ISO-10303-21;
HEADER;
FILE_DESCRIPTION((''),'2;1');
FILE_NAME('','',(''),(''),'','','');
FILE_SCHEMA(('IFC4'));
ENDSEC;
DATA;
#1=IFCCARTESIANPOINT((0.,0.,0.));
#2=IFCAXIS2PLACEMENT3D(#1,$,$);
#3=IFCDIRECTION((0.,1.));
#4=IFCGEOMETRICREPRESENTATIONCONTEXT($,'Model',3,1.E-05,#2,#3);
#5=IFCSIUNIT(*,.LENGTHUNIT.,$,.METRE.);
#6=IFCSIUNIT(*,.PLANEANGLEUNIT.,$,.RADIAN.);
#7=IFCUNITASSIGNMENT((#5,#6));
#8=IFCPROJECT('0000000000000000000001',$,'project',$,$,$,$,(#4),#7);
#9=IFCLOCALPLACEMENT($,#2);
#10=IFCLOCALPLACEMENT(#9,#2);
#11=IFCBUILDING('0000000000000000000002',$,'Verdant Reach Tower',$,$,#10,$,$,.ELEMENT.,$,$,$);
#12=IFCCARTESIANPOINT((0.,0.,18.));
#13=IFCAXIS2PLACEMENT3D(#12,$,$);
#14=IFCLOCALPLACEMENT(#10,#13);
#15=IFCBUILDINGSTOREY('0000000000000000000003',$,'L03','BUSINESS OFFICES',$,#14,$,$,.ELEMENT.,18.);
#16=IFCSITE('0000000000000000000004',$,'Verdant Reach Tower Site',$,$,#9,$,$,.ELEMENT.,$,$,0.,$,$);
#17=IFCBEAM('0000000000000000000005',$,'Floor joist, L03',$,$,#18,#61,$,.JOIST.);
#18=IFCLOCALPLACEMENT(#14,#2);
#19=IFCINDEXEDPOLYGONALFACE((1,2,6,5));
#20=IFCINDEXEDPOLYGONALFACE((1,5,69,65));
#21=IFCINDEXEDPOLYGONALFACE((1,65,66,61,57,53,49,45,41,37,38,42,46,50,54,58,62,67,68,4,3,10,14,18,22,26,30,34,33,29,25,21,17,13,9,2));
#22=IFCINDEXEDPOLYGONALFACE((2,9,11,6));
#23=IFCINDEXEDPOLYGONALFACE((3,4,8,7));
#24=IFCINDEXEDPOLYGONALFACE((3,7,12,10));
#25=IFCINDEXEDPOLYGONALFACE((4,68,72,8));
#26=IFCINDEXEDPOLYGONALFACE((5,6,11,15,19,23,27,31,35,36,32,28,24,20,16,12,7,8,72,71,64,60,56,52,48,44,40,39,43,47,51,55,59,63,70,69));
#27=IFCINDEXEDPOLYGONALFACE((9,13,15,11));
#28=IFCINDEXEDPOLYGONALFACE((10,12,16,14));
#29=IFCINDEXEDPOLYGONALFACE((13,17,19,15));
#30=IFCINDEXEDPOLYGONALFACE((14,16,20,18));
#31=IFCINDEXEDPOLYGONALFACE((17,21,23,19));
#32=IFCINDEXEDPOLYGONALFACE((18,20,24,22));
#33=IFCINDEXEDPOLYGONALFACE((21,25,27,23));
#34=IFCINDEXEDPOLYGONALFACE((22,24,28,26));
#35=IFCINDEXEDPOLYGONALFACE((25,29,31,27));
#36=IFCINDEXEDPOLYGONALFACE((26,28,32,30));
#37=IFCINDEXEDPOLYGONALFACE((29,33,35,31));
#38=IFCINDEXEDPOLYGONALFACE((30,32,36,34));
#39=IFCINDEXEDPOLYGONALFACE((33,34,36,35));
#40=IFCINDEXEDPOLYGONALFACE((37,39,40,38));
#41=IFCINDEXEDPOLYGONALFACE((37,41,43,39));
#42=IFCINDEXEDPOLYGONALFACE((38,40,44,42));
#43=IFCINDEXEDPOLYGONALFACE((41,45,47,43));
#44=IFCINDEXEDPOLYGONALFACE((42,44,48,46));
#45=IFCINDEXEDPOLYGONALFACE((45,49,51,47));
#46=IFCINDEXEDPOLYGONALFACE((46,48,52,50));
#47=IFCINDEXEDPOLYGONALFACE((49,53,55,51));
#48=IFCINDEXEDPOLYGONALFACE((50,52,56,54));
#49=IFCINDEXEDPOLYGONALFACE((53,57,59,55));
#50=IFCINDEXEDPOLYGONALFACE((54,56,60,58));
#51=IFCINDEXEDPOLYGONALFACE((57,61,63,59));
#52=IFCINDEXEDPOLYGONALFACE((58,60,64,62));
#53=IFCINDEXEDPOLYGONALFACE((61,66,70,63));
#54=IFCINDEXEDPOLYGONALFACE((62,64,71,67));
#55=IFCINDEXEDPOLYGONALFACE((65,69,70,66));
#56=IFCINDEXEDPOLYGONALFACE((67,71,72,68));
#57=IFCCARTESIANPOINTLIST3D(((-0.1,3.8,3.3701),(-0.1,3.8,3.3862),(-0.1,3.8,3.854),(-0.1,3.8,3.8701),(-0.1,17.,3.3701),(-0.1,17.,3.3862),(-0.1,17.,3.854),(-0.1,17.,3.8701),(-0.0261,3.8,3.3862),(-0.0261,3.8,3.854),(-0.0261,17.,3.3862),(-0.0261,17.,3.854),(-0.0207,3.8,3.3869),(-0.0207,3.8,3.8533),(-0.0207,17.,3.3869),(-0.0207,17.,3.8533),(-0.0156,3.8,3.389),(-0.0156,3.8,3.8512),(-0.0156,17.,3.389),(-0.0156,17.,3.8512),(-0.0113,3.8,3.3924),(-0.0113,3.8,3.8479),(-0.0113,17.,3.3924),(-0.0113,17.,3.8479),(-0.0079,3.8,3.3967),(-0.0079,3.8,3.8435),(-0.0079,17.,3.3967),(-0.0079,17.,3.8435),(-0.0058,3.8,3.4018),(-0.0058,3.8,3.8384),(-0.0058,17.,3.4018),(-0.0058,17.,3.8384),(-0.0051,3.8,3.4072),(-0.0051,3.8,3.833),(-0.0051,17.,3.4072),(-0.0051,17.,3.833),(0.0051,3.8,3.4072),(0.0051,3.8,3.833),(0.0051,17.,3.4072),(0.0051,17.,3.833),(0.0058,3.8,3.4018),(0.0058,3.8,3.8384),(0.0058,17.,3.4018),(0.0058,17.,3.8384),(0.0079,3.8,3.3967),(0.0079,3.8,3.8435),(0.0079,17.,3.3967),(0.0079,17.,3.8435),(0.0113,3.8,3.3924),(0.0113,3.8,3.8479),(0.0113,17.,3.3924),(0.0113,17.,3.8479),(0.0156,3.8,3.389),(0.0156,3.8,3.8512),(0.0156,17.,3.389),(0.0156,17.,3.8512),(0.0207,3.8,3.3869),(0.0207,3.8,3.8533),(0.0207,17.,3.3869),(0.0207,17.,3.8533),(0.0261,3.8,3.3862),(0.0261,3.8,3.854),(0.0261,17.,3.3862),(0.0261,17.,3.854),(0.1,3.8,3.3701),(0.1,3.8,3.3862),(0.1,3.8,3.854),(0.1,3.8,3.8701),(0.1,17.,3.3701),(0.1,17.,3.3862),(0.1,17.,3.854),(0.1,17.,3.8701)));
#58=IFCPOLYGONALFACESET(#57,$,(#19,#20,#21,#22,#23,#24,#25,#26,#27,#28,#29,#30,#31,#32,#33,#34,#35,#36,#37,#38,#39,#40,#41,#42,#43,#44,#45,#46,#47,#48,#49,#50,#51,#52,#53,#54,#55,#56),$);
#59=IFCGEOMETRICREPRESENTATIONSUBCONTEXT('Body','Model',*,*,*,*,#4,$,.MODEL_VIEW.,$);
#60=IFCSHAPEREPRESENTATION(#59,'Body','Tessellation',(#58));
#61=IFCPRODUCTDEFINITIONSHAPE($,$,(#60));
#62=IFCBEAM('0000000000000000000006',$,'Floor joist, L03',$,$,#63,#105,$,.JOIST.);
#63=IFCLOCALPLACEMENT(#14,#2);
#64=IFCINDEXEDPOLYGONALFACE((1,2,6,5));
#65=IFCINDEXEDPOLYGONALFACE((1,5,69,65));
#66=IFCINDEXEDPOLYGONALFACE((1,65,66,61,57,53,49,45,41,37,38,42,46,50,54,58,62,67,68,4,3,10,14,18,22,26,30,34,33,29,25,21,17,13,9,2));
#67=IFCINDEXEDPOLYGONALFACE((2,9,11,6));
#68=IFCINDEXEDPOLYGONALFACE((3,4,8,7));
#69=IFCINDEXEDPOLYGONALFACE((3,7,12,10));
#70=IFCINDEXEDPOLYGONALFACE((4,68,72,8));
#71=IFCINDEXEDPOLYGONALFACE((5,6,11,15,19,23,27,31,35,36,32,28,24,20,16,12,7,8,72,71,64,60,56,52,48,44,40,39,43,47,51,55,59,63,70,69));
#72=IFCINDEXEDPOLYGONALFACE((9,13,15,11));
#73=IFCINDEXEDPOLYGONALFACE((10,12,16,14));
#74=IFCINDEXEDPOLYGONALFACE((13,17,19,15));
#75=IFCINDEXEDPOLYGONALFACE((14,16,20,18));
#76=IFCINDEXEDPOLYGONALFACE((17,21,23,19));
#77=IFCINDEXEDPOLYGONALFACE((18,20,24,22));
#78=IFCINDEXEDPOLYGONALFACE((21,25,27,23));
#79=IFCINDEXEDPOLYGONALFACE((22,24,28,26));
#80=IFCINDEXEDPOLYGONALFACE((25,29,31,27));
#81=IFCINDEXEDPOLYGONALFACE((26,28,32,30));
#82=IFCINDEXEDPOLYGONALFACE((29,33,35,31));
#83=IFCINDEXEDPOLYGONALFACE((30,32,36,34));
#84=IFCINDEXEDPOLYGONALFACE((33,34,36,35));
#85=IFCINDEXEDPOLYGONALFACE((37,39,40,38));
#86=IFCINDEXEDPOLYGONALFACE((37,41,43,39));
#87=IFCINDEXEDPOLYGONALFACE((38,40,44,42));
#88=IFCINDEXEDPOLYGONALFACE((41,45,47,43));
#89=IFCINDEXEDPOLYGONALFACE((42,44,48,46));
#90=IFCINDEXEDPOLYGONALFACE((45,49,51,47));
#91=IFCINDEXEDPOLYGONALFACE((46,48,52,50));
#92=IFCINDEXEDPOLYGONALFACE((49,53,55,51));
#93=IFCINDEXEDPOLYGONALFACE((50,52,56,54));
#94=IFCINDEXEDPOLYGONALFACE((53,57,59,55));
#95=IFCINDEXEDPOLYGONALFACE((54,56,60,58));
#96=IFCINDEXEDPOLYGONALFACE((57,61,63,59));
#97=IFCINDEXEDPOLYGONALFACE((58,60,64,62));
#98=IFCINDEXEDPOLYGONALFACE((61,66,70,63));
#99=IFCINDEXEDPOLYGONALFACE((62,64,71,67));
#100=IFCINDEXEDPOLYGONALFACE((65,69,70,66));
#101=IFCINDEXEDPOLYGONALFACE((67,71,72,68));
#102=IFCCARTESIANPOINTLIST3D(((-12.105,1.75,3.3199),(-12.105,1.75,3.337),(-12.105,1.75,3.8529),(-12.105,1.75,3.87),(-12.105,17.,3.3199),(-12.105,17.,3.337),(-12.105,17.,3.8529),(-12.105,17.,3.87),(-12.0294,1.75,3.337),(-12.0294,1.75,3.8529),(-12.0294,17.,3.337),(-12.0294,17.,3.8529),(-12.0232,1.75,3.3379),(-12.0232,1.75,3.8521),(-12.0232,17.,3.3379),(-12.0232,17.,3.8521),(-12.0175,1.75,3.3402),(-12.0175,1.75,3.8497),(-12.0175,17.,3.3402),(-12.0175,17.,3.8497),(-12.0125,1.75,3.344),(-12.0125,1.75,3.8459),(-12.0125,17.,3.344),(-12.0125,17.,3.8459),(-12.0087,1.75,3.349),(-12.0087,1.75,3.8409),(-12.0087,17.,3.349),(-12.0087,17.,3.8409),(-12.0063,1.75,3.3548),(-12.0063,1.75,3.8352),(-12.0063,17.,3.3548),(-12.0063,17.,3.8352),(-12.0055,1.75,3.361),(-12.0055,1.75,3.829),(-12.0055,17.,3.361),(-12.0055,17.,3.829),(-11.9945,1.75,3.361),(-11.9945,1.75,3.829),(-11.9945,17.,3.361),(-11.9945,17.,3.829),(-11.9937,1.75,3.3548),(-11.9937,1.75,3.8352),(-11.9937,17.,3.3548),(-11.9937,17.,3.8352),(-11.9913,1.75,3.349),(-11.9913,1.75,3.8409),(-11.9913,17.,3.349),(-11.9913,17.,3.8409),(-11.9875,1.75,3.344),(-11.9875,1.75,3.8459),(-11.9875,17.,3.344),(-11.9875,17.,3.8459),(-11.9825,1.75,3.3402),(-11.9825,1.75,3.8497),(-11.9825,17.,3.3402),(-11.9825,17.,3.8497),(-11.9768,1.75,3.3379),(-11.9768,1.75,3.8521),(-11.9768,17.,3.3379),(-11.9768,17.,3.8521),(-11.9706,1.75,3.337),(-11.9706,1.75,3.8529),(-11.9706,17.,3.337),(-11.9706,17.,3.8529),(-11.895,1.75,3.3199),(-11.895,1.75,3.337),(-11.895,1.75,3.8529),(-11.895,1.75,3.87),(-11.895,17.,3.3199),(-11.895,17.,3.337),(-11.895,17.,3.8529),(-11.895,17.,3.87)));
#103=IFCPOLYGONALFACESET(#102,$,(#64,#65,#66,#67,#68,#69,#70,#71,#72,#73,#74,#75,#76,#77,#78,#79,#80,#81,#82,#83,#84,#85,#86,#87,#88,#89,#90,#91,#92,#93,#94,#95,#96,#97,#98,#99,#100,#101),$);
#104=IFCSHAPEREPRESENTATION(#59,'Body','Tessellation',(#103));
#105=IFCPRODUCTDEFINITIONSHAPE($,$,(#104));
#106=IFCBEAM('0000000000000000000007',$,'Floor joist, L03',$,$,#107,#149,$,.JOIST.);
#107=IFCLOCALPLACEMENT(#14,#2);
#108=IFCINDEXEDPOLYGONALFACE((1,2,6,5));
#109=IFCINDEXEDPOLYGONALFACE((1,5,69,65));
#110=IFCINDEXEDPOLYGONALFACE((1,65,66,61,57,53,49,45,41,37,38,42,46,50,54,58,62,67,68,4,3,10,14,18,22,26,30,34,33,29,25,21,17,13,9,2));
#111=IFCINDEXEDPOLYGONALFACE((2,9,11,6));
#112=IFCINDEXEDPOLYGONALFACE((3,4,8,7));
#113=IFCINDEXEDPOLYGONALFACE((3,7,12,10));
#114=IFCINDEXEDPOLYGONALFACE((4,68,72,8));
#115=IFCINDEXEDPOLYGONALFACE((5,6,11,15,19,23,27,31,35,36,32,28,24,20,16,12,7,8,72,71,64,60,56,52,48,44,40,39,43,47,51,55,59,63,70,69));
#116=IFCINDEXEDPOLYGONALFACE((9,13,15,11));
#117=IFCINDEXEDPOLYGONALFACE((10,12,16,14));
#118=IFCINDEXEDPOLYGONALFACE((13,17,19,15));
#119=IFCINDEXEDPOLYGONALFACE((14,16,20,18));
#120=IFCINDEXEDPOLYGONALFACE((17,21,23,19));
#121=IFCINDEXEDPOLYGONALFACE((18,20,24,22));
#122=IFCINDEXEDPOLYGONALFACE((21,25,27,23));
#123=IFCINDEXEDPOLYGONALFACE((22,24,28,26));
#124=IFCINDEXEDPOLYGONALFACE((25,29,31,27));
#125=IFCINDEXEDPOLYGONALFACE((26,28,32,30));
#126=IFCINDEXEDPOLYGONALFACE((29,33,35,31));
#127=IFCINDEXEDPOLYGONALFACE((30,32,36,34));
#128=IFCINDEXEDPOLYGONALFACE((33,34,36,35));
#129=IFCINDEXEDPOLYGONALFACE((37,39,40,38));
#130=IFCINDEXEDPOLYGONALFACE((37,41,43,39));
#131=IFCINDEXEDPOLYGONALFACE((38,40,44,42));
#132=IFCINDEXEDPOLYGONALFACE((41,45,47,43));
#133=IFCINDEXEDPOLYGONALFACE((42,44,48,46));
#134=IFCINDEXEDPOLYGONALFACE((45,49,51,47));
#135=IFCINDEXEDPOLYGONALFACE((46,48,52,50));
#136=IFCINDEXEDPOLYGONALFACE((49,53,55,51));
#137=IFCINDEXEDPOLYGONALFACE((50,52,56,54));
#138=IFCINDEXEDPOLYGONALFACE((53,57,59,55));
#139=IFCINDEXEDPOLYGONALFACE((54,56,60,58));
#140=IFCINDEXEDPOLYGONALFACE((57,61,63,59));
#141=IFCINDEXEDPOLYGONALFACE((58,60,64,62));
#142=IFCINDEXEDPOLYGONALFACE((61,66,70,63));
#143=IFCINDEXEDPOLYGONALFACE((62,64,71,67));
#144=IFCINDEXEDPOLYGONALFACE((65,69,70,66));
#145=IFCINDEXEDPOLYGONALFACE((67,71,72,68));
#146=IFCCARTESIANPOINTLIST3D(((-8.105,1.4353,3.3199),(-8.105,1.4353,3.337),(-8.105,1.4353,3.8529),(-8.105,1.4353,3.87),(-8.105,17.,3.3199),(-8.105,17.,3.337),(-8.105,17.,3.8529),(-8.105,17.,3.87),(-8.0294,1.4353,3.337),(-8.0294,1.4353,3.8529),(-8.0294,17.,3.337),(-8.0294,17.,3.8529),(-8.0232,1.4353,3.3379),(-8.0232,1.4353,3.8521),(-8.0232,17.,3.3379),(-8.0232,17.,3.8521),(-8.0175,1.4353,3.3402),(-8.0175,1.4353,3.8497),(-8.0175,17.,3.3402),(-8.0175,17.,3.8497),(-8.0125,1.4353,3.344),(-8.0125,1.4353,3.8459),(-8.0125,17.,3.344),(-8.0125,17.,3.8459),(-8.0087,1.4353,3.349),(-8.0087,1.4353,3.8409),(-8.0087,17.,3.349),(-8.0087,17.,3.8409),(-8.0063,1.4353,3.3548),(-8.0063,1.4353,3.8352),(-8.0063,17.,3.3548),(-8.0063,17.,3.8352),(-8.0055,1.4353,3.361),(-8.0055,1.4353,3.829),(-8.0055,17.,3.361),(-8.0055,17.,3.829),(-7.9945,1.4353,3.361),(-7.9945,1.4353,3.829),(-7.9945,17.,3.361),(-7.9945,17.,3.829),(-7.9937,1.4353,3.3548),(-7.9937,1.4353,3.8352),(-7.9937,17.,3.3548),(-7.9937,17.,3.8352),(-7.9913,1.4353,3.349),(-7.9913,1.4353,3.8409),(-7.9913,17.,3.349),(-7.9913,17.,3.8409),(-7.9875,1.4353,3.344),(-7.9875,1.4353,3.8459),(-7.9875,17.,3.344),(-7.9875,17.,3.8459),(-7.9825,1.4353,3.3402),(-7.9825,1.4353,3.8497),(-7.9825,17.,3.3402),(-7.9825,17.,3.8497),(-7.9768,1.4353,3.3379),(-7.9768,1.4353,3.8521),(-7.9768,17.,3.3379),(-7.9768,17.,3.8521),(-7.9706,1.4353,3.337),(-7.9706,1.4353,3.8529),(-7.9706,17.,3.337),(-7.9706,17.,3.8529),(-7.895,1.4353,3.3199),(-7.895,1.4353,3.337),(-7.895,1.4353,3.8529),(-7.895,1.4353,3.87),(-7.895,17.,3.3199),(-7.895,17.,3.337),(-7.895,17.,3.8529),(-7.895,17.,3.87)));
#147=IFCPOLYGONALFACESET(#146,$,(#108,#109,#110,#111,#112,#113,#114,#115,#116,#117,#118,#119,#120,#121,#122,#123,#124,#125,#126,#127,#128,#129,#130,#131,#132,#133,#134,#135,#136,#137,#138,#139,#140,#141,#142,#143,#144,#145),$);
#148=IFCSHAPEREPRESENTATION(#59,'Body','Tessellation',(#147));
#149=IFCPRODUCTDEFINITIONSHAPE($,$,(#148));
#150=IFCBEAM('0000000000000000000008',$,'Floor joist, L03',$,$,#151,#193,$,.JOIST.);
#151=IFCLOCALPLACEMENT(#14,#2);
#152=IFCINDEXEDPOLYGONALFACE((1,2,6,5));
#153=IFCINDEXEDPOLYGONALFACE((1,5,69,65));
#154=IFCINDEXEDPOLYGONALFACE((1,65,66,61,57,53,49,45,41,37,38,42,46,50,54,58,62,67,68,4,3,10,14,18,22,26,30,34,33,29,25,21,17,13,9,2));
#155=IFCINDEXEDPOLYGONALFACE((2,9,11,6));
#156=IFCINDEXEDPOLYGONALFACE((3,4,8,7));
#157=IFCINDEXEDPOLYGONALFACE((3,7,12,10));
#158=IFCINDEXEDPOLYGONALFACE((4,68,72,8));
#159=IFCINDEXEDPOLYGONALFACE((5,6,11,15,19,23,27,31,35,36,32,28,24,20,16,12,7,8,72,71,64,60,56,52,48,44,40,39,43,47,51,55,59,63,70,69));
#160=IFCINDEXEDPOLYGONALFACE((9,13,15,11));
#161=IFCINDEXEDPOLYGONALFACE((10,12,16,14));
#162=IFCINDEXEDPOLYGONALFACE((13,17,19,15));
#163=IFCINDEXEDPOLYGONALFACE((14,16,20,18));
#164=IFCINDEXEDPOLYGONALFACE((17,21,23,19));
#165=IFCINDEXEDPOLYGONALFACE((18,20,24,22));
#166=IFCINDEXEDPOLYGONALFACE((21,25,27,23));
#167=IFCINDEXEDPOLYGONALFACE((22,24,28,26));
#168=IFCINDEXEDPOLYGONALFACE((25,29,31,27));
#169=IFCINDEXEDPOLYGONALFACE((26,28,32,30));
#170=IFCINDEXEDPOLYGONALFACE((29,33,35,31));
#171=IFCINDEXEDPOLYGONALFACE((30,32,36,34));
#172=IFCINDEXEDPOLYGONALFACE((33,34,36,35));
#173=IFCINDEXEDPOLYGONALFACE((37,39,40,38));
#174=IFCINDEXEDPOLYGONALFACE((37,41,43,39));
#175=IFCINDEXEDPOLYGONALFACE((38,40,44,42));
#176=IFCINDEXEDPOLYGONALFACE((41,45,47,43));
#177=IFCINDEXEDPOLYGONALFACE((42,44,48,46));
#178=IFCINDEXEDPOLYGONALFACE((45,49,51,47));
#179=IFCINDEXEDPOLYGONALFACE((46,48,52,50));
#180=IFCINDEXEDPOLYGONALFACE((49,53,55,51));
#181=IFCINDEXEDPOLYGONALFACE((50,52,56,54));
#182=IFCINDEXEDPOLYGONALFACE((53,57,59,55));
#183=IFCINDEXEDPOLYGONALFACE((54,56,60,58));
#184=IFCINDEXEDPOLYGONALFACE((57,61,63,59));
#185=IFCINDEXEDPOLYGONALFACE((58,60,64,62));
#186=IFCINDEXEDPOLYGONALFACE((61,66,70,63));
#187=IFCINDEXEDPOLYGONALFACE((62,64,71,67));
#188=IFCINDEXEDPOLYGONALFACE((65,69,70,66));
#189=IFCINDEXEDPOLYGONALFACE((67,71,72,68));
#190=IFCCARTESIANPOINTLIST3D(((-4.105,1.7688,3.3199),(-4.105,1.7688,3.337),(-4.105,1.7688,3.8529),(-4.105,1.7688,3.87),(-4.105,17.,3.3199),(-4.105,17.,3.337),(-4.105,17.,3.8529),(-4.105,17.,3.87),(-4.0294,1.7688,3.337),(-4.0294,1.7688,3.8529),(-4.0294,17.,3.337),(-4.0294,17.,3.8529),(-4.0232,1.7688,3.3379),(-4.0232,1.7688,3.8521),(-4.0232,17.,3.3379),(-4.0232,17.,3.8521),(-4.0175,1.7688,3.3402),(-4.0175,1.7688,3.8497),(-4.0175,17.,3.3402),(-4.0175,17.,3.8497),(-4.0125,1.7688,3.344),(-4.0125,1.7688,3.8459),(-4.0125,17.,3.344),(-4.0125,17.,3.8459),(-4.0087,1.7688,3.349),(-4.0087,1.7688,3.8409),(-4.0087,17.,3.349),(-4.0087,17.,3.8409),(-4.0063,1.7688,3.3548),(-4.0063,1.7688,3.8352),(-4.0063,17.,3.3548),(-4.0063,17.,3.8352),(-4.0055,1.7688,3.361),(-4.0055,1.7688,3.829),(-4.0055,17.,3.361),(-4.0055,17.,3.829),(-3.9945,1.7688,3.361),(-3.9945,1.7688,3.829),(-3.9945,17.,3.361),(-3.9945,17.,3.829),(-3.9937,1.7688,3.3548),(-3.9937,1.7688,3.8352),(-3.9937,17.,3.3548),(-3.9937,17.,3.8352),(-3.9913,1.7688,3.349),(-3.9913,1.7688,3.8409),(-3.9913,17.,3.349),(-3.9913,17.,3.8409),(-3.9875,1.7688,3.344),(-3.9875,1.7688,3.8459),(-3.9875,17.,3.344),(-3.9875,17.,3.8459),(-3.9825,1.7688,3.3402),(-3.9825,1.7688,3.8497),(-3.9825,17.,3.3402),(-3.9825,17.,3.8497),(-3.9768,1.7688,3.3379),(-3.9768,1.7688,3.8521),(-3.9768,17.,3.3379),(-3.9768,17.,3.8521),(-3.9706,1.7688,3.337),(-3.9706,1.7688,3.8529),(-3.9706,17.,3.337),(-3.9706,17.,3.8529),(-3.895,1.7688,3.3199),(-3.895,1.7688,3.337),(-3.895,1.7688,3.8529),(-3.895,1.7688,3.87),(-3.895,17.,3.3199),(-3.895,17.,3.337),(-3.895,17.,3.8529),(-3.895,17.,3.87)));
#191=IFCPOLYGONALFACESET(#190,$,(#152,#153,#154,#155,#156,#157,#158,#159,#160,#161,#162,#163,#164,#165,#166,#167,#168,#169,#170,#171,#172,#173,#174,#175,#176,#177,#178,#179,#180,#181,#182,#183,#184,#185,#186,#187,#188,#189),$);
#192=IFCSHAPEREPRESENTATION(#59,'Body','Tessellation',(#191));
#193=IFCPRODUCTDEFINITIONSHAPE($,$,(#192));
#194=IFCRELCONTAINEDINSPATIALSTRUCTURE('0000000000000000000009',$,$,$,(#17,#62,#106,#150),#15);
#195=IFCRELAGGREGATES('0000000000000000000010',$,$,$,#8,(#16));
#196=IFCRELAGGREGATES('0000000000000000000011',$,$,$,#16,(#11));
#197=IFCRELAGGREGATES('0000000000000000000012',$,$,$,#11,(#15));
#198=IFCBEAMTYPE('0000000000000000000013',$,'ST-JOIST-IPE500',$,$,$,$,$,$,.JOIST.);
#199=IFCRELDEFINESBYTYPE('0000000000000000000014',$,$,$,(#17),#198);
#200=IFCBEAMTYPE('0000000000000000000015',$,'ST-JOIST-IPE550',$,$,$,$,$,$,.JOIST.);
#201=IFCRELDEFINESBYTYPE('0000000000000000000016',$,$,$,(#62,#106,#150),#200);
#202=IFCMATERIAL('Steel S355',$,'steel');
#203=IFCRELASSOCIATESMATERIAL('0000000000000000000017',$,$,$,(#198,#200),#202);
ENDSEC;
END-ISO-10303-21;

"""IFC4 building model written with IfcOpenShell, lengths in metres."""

from ifc_helpers import new_model, si_unit, direction, frame, origin, origin_2d, place, context, subcontext, project, spatial, i_section, extrude, material, material_profile, profile_set, type_object, element, save


model = new_model("IFC4")

# Units and contexts
model_context = context("Model", 3, precision=1e-05, world=origin(), true_north=direction((0.0, 1.0)))
body_context = subcontext(model_context, "Body", "Model", "MODEL_VIEW")
ifc_project = project(units=[si_unit("LENGTHUNIT", "METRE"), si_unit("PLANEANGLEUNIT", "RADIAN")], contexts=[model_context])

# Site, building, storey
site_placement = place(None, origin())
site = spatial("IfcSite", under=ifc_project, at=site_placement, Name="Verdant Reach Tower Site", CompositionType="ELEMENT", RefElevation=0.0)
building_placement = place(site_placement, origin())
building = spatial("IfcBuilding", under=site, at=building_placement, Name="Verdant Reach Tower", CompositionType="ELEMENT")
storey_placement = place(building_placement, frame((0.0, 0.0, 18.0)))
storey = spatial("IfcBuildingStorey", under=building, at=storey_placement, Name="L03", Description="BUSINESS OFFICES", CompositionType="ELEMENT", Elevation=18.0)

# Beams
ifc_material_1 = material(Name="Steel S355", Category="steel")
ifc_material_profile_1 = material_profile(ifc_material_1, i_section(OverallWidth=0.2, OverallDepth=0.5, WebThickness=0.0103, FlangeThickness=0.0161, FilletRadius=0.021, at=origin_2d()), Name="IPE 500")
ifc_profile_set_1 = profile_set([ifc_material_profile_1], Name="Steel S355")
beam_type_1 = type_object("IfcBeamType", Name="ST-JOIST-IPE500", PredefinedType="JOIST", material=ifc_profile_set_1)
beam_1_placement = place(storey_placement, frame((0.0, 17.0, 3.6201), z_axis=(0.0, -1.0, 0.0), x_axis=(1.0, 0.0, 0.0)))
element("IfcBeam", 1, at=beam_1_placement, inside=storey, type_object=beam_type_1, Name="Floor joist, L03", PredefinedType="JOIST", context=body_context, shape_type="SweptSolid", body=[
    extrude(i_section(OverallWidth=0.2, OverallDepth=0.5, WebThickness=0.0103, FlangeThickness=0.0161, FilletRadius=0.021, at=origin_2d()), origin(), (0.0, 0.0, 1.0), 13.2),
])
ifc_material_profile_2 = material_profile(ifc_material_1, i_section(OverallWidth=0.21, OverallDepth=0.55, WebThickness=0.011, FlangeThickness=0.0171, FilletRadius=0.0239, at=origin_2d()), Name="IPE 550")
ifc_profile_set_2 = profile_set([ifc_material_profile_2], Name="Steel S355")
beam_type_2 = type_object("IfcBeamType", Name="ST-JOIST-IPE550", PredefinedType="JOIST", material=ifc_profile_set_2)
beam_2_placement = place(storey_placement, frame((-12.0, 17.0, 3.595), z_axis=(0.0, -1.0, 0.0), x_axis=(1.0, 0.0, 0.0)))
element("IfcBeam", 2, at=beam_2_placement, inside=storey, type_object=beam_type_2, Name="Floor joist, L03", PredefinedType="JOIST", context=body_context, shape_type="SweptSolid", body=[
    extrude(i_section(OverallWidth=0.21, OverallDepth=0.55, WebThickness=0.011, FlangeThickness=0.0171, FilletRadius=0.0239, at=origin_2d()), origin(), (0.0, 0.0, 1.0), 15.25),
])
beam_3_placement = place(storey_placement, frame((-8.0, 17.0, 3.595), z_axis=(0.0, -1.0, 0.0), x_axis=(1.0, 0.0, 0.0)))
element("IfcBeam", 3, at=beam_3_placement, inside=storey, type_object=beam_type_2, Name="Floor joist, L03", PredefinedType="JOIST", context=body_context, shape_type="SweptSolid", body=[
    extrude(i_section(OverallWidth=0.21, OverallDepth=0.55, WebThickness=0.011, FlangeThickness=0.0171, FilletRadius=0.0239, at=origin_2d()), origin(), (0.0, 0.0, 1.0), 15.5647),
])
beam_4_placement = place(storey_placement, frame((-4.0, 17.0, 3.595), z_axis=(0.0, -1.0, 0.0), x_axis=(1.0, 0.0, 0.0)))
element("IfcBeam", 4, at=beam_4_placement, inside=storey, type_object=beam_type_2, Name="Floor joist, L03", PredefinedType="JOIST", context=body_context, shape_type="SweptSolid", body=[
    extrude(i_section(OverallWidth=0.21, OverallDepth=0.55, WebThickness=0.011, FlangeThickness=0.0171, FilletRadius=0.0239, at=origin_2d()), origin(), (0.0, 0.0, 1.0), 15.2312),
])

save(model, "model.ifc")
